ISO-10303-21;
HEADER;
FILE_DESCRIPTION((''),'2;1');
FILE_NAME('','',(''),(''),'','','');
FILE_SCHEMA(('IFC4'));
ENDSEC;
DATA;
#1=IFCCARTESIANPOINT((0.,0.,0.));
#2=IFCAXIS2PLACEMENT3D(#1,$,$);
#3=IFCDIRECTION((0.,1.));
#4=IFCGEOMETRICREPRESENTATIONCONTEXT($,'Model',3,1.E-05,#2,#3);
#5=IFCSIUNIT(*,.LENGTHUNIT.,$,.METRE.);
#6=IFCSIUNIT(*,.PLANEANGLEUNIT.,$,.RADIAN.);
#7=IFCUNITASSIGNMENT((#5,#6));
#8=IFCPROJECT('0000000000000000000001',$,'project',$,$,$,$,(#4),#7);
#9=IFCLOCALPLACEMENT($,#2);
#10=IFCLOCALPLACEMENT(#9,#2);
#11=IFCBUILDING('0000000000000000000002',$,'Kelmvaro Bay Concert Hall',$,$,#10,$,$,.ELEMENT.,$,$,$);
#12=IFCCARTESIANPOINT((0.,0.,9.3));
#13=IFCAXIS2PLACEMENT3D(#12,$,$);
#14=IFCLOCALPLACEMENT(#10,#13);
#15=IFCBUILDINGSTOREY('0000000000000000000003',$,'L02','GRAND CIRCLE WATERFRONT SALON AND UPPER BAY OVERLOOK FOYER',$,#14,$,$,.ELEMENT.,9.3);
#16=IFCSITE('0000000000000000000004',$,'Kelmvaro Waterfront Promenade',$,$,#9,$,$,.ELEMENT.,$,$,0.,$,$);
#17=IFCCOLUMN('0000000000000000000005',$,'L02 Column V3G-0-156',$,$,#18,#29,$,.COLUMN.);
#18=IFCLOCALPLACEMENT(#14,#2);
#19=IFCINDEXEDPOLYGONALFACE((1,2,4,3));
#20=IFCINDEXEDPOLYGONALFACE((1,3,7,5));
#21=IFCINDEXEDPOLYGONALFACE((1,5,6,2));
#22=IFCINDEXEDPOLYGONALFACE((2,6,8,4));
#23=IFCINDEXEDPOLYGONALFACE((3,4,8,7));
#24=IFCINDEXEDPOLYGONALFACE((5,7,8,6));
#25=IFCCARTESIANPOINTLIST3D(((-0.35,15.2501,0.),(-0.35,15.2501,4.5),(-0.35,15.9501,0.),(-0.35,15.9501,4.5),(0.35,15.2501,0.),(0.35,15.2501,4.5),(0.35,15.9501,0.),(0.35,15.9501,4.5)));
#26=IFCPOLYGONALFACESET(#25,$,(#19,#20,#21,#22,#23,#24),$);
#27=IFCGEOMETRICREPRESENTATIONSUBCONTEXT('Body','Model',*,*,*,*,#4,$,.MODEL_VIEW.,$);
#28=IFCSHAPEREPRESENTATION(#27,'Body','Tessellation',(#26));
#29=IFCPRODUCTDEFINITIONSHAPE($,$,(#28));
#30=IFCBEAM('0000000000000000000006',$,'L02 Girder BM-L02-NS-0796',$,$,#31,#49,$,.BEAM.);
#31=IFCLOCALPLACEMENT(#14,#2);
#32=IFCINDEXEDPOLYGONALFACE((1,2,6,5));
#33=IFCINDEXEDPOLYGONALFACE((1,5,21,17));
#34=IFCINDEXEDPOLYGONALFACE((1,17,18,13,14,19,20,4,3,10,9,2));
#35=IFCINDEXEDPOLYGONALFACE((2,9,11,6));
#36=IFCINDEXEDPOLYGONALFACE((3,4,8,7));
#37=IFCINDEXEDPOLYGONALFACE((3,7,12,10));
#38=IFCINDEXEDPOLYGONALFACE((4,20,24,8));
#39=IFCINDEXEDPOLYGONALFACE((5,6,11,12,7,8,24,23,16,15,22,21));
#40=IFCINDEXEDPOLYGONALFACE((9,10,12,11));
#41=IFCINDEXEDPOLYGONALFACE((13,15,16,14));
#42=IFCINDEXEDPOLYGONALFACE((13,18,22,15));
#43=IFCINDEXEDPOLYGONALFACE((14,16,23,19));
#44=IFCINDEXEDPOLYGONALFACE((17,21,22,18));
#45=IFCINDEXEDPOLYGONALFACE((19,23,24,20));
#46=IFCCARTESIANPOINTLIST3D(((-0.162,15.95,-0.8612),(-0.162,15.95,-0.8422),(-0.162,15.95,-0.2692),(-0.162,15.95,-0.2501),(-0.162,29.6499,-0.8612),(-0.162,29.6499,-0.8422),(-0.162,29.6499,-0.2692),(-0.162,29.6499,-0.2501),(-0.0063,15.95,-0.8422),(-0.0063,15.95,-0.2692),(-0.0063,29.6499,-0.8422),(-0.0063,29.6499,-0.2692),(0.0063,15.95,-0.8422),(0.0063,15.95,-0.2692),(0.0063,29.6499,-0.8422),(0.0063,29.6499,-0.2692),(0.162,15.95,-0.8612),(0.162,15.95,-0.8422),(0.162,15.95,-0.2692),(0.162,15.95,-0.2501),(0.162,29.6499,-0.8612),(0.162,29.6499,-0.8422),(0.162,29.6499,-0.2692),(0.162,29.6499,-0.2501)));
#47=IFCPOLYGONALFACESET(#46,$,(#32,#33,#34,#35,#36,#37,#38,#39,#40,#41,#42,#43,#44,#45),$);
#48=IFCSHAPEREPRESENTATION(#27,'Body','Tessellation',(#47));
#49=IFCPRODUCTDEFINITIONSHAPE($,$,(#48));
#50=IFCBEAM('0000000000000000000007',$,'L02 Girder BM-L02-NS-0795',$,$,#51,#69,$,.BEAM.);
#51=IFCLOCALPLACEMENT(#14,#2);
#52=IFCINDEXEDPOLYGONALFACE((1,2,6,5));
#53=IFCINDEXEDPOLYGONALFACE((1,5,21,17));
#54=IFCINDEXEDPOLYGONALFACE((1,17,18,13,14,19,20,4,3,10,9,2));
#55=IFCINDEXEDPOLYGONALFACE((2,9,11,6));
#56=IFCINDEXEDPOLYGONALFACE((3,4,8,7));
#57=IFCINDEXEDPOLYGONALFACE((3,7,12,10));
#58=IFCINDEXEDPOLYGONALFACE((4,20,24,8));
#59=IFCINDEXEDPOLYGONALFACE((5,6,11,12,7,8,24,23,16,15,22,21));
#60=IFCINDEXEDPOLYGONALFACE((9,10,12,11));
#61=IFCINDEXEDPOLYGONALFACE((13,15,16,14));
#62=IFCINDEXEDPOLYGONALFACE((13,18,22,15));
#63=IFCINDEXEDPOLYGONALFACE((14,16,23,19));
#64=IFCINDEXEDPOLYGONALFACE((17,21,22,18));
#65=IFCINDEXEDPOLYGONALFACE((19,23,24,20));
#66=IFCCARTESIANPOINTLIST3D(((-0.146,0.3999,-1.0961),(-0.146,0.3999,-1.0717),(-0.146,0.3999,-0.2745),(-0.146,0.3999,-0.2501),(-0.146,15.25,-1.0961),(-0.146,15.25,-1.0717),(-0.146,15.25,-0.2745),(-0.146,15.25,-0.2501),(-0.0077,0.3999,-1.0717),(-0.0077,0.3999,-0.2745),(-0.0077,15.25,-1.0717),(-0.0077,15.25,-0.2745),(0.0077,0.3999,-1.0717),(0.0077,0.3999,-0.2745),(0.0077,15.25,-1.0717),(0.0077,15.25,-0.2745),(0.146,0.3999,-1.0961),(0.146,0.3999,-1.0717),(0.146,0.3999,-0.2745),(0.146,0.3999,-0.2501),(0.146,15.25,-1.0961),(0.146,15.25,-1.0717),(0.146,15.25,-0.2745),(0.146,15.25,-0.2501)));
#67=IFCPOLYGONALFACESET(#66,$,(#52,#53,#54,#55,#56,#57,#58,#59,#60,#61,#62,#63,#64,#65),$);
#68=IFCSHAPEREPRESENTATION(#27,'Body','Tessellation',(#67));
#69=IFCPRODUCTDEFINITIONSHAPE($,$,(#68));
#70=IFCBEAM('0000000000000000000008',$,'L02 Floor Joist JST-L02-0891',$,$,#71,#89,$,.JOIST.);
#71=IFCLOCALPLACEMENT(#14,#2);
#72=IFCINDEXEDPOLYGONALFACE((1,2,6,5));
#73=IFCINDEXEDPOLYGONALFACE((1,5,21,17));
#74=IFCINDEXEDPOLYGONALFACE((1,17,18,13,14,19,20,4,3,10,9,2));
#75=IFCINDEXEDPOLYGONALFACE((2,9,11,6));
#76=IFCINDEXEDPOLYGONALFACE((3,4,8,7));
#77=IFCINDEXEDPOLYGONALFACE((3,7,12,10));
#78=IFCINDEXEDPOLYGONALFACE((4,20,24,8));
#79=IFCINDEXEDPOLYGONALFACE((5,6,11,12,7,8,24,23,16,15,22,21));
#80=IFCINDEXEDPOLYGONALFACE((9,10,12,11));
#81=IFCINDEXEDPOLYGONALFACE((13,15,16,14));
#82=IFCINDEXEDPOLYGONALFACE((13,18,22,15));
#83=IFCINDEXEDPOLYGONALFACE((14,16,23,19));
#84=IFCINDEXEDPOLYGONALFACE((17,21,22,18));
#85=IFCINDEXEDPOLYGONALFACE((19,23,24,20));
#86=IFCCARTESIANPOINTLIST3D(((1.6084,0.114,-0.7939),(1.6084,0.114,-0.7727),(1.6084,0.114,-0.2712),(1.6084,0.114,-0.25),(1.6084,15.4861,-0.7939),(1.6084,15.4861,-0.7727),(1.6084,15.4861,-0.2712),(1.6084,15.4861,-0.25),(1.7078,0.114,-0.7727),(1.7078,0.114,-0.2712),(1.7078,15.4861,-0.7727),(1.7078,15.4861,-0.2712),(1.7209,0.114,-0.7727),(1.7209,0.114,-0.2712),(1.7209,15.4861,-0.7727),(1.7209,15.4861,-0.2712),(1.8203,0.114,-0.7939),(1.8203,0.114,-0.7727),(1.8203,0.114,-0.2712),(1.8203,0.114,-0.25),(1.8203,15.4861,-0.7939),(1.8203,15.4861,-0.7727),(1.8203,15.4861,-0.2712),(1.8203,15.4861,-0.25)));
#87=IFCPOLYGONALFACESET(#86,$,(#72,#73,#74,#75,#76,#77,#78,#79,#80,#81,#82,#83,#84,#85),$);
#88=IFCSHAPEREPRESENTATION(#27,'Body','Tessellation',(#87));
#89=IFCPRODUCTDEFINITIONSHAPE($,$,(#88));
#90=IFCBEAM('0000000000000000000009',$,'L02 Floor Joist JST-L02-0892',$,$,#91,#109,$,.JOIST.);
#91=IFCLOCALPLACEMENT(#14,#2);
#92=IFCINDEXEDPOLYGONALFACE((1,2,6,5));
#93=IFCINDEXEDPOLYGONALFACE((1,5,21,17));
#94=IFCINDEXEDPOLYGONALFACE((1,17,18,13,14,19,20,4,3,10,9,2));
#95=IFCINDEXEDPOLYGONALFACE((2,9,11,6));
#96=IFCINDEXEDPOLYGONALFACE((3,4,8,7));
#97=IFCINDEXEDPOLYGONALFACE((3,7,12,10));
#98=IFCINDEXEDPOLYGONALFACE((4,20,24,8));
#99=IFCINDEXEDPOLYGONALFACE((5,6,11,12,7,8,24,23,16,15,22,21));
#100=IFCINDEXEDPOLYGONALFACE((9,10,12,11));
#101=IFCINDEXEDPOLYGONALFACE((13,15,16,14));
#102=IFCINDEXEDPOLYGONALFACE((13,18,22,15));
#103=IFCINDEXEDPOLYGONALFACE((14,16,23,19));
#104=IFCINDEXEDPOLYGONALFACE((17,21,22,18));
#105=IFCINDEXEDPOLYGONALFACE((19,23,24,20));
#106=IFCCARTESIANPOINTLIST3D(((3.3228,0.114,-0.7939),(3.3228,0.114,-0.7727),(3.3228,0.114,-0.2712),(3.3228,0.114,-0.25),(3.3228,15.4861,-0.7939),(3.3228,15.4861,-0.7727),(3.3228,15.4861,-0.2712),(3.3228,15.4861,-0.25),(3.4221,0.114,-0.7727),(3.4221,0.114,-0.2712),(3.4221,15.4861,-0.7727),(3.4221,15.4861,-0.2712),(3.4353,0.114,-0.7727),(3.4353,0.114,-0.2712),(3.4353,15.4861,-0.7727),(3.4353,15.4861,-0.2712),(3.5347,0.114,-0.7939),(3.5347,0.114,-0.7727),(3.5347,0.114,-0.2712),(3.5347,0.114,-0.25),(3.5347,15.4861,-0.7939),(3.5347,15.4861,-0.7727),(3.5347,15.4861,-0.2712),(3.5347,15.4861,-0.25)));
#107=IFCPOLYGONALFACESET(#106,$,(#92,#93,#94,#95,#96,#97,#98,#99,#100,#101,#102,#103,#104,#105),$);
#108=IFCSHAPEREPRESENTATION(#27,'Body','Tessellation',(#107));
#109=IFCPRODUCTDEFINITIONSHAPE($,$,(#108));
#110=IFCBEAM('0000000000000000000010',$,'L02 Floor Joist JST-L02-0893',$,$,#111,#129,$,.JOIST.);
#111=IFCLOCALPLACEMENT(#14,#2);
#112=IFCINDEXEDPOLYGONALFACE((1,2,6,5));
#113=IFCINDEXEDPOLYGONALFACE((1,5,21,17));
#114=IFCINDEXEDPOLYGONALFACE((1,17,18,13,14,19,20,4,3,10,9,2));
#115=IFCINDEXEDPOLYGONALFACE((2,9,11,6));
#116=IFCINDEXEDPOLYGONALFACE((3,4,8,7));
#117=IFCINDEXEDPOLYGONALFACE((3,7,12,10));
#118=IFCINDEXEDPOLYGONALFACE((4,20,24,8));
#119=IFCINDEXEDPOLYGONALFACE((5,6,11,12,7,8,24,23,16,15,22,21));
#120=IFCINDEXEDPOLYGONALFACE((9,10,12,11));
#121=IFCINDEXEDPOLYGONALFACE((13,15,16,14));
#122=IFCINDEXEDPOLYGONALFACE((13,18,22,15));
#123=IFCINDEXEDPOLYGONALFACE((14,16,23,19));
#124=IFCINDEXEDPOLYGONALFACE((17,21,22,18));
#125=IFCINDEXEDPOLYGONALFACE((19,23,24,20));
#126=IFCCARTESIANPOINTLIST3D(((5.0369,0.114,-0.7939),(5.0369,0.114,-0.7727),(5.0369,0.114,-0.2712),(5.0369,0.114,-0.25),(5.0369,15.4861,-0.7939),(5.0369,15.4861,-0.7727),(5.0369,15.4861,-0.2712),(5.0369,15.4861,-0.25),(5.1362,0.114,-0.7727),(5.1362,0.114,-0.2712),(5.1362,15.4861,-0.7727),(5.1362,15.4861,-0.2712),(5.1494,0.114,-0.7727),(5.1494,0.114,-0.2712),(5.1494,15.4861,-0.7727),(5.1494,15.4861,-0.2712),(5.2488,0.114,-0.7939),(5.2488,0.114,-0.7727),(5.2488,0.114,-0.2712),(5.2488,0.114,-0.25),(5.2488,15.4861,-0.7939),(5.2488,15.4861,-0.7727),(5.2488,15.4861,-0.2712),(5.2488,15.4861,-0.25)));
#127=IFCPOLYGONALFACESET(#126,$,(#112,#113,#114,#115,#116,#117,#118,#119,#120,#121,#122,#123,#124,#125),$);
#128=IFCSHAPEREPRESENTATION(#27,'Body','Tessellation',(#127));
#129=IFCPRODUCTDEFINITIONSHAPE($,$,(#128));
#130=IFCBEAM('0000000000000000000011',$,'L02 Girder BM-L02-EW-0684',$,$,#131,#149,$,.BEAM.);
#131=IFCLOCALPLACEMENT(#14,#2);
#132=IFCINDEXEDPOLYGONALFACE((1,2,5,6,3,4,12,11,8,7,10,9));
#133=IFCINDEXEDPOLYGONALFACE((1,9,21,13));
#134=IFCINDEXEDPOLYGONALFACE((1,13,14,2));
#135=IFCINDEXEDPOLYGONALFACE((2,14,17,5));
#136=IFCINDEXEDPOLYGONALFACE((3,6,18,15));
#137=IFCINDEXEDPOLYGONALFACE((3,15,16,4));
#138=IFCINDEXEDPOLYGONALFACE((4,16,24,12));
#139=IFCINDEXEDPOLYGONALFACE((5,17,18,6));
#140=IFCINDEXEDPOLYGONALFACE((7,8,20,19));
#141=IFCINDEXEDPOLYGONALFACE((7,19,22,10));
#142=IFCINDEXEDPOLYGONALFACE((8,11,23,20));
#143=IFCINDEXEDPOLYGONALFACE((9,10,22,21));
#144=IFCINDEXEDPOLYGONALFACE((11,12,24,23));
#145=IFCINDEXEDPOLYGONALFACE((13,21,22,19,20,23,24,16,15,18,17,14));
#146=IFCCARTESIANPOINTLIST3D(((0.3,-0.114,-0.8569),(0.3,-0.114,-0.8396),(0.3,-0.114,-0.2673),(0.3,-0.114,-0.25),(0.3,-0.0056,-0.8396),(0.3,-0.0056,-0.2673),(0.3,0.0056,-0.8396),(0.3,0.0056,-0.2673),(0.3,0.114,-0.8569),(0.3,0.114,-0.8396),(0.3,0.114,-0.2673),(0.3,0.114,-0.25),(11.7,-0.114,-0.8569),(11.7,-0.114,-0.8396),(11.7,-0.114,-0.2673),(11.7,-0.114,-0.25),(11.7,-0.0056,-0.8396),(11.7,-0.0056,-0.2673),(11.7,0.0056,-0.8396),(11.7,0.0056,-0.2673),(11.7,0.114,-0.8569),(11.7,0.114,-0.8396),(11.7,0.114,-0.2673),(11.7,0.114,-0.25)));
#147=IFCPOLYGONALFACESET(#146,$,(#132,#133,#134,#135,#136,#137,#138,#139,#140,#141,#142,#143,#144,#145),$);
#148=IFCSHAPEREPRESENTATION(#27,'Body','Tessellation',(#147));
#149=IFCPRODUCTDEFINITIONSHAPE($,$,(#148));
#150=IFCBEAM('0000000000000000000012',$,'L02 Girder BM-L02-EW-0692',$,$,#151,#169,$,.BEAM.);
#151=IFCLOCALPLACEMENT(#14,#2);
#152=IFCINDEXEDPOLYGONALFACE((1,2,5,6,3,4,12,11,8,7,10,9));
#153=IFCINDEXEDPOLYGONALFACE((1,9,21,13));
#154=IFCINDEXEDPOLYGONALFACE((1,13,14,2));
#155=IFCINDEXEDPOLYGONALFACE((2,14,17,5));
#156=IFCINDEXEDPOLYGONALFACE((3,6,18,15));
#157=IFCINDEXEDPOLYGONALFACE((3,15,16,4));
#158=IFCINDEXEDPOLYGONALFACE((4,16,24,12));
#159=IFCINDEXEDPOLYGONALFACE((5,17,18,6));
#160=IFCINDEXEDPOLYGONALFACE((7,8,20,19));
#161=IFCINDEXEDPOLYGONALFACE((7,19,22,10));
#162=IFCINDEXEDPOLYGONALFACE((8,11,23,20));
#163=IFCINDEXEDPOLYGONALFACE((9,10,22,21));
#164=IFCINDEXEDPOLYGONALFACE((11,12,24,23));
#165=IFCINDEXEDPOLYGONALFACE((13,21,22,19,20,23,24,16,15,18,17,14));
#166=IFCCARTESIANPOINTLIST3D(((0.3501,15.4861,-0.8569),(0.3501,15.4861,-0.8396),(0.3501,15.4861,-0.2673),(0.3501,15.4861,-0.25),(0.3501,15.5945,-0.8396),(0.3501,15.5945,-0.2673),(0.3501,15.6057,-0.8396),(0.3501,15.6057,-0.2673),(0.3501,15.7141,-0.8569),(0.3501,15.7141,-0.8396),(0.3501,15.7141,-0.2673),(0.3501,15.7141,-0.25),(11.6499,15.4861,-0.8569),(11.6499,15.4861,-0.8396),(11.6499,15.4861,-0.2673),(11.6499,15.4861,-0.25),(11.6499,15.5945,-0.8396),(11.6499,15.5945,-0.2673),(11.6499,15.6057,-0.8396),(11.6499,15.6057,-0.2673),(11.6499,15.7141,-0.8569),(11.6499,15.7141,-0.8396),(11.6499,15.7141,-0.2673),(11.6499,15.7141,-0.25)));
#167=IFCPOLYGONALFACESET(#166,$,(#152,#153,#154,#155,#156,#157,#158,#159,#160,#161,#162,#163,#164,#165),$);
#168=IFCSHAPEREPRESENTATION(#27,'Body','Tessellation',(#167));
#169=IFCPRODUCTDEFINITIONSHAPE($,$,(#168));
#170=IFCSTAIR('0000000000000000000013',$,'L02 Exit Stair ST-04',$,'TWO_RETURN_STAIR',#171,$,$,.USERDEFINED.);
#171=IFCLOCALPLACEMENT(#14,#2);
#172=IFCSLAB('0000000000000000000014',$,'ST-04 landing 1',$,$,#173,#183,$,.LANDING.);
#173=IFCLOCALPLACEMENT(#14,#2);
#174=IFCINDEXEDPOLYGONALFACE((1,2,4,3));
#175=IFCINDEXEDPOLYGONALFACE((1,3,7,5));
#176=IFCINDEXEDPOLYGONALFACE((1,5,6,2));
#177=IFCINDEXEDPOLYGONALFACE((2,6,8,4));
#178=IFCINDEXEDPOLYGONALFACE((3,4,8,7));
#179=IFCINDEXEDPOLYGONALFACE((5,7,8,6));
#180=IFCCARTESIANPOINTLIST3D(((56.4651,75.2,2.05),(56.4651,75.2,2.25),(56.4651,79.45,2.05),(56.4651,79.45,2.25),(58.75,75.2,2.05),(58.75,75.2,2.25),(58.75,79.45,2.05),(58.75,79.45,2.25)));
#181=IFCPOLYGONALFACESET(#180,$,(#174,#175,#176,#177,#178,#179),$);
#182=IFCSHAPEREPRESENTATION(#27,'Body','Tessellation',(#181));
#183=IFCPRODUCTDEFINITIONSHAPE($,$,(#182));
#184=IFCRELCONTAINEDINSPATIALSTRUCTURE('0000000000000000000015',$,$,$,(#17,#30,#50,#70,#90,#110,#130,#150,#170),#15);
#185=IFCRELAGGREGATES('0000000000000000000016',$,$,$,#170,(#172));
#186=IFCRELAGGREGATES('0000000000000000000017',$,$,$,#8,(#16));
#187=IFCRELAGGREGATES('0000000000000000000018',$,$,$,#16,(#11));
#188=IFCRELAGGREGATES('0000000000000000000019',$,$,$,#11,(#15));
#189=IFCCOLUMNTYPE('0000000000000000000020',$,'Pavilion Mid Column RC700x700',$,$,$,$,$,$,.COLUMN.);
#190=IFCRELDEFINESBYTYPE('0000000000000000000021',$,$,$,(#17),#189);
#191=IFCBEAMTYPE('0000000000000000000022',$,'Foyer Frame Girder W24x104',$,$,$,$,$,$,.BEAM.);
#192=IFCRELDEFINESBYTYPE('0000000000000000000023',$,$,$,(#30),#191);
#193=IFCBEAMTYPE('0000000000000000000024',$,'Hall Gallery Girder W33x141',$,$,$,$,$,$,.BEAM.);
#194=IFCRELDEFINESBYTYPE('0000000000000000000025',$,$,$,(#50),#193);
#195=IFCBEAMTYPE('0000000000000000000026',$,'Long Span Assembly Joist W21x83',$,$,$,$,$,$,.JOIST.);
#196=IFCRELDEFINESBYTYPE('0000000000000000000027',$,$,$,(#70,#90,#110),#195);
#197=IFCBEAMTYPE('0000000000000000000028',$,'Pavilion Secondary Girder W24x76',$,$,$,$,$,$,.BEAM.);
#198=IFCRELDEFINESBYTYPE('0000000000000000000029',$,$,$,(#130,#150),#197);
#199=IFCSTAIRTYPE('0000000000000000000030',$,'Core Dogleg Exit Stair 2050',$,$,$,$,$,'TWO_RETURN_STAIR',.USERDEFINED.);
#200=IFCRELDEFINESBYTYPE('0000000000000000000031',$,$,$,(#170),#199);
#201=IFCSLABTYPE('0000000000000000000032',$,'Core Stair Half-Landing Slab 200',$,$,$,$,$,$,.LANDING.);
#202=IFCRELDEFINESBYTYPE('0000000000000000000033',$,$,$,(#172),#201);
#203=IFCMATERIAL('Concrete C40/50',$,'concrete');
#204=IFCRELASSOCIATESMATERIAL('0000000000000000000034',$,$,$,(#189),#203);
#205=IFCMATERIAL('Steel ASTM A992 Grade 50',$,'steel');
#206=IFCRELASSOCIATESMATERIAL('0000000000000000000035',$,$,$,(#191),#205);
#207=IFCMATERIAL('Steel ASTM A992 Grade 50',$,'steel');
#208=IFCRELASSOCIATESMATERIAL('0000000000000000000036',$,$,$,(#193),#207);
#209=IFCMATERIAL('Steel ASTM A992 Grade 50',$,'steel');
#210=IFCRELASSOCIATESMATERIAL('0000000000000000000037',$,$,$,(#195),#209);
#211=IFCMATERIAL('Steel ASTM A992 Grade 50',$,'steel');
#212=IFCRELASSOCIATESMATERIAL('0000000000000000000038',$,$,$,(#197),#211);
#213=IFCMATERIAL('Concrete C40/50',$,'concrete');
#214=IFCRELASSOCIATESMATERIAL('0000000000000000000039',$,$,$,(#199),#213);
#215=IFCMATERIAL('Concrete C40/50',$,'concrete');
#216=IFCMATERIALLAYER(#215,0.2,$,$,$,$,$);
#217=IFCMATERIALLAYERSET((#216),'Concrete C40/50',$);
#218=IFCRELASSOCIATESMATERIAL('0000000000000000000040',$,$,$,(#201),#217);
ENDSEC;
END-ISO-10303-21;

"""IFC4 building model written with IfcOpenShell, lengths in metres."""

from ifc_helpers import new_model, si_unit, direction, frame, origin, origin_2d, place, context, subcontext, project, spatial, polyline, rectangle, i_section, outline, extrude, material, layer, layer_set, material_profile, profile_set, type_object, element, aggregate, save


model = new_model("IFC4")

# Units and contexts
model_context = context("Model", 3, precision=1e-05, world=origin(), true_north=direction((0.0, 1.0)))
body_context = subcontext(model_context, "Body", "Model", "MODEL_VIEW")
ifc_project = project(units=[si_unit("LENGTHUNIT", "METRE"), si_unit("PLANEANGLEUNIT", "RADIAN")], contexts=[model_context])

# Site, building, storey
site_placement = place(None, origin())
site = spatial("IfcSite", under=ifc_project, at=site_placement, Name="Kelmvaro Waterfront Promenade", CompositionType="ELEMENT", RefElevation=0.0)
building_placement = place(site_placement, origin())
building = spatial("IfcBuilding", under=site, at=building_placement, Name="Kelmvaro Bay Concert Hall", CompositionType="ELEMENT")
storey_placement = place(building_placement, frame((0.0, 0.0, 9.3)))
storey = spatial("IfcBuildingStorey", under=building, at=storey_placement, Name="L02", Description="GRAND CIRCLE WATERFRONT SALON AND UPPER BAY OVERLOOK FOYER", CompositionType="ELEMENT", Elevation=9.3)

# Column
ifc_material_1 = material(Name="Concrete C40/50", Category="concrete")
ifc_material_profile_1 = material_profile(ifc_material_1, rectangle(XDim=0.7, YDim=0.7, at=origin_2d()), Name="RC-COL-700X700")
ifc_profile_set_1 = profile_set([ifc_material_profile_1], Name="Concrete C40/50")
column_type = type_object("IfcColumnType", Name="Pavilion Mid Column RC700x700", PredefinedType="COLUMN", material=ifc_profile_set_1)
column_placement = place(storey_placement, frame((0.0, 15.6001, 0.0), z_axis=(0.0, 0.0, 1.0), x_axis=(1.0, 0.0, 0.0)))
element("IfcColumn", 1, at=column_placement, inside=storey, type_object=column_type, Name="L02 Column V3G-0-156", PredefinedType="COLUMN", context=body_context, shape_type="SweptSolid", body=[
    extrude(rectangle(XDim=0.7, YDim=0.7, at=origin_2d()), origin(), (0.0, 0.0, 1.0), 4.5),
])

# Beams
ifc_material_2 = material(Name="Steel ASTM A992 Grade 50", Category="steel")
ifc_material_profile_2 = material_profile(ifc_material_2, i_section(OverallWidth=0.324, OverallDepth=0.6111, WebThickness=0.0127, FlangeThickness=0.019, at=origin_2d()), Name="W24X104")
ifc_profile_set_2 = profile_set([ifc_material_profile_2], Name="Steel ASTM A992 Grade 50")
beam_type_1 = type_object("IfcBeamType", Name="Foyer Frame Girder W24x104", PredefinedType="BEAM", material=ifc_profile_set_2)
beam_1_placement = place(storey_placement, frame((0.0, 15.95, -0.5557), z_axis=(0.0, 1.0, 0.0), x_axis=(-1.0, 0.0, 0.0)))
element("IfcBeam", 2, at=beam_1_placement, inside=storey, type_object=beam_type_1, Name="L02 Girder BM-L02-NS-0796", PredefinedType="BEAM", context=body_context, shape_type="SweptSolid", body=[
    extrude(i_section(OverallWidth=0.324, OverallDepth=0.6111, WebThickness=0.0127, FlangeThickness=0.019, at=origin_2d()), origin(), (0.0, 0.0, 1.0), 13.7),
])
ifc_material_3 = material(Name="Steel ASTM A992 Grade 50", Category="steel")
ifc_material_profile_3 = material_profile(ifc_material_3, i_section(OverallWidth=0.292, OverallDepth=0.8459, WebThickness=0.0154, FlangeThickness=0.0244, at=origin_2d()), Name="W33X141")
ifc_profile_set_3 = profile_set([ifc_material_profile_3], Name="Steel ASTM A992 Grade 50")
beam_type_2 = type_object("IfcBeamType", Name="Hall Gallery Girder W33x141", PredefinedType="BEAM", material=ifc_profile_set_3)
beam_2_placement = place(storey_placement, frame((0.0, 0.3999, -0.6731), z_axis=(0.0, 1.0, 0.0), x_axis=(-1.0, 0.0, 0.0)))
element("IfcBeam", 3, at=beam_2_placement, inside=storey, type_object=beam_type_2, Name="L02 Girder BM-L02-NS-0795", PredefinedType="BEAM", context=body_context, shape_type="SweptSolid", body=[
    extrude(i_section(OverallWidth=0.292, OverallDepth=0.8459, WebThickness=0.0154, FlangeThickness=0.0244, at=origin_2d()), origin(), (0.0, 0.0, 1.0), 14.8501),
])
ifc_material_4 = material(Name="Steel ASTM A992 Grade 50", Category="steel")
ifc_material_profile_4 = material_profile(ifc_material_4, i_section(OverallWidth=0.2119, OverallDepth=0.5439, WebThickness=0.0132, FlangeThickness=0.0212, at=origin_2d()), Name="W21X83")
ifc_profile_set_4 = profile_set([ifc_material_profile_4], Name="Steel ASTM A992 Grade 50")
beam_type_3 = type_object("IfcBeamType", Name="Long Span Assembly Joist W21x83", PredefinedType="JOIST", material=ifc_profile_set_4)
for number, where, z_axis, x_axis, name in (
    (4, (1.7144, 0.114, -0.522), (0.0, 1.0, 0.0), (-1.0, 0.0, 0.0), "L02 Floor Joist JST-L02-0891"),
    (5, (3.4287, 0.114, -0.522), (0.0, 1.0, 0.0), (-1.0, 0.0, 0.0), "L02 Floor Joist JST-L02-0892"),
    (6, (5.1428, 0.114, -0.522), (0.0, 1.0, 0.0), (-1.0, 0.0, 0.0), "L02 Floor Joist JST-L02-0893"),
):
    element("IfcBeam", number, at=place(storey_placement, frame(where, z_axis=z_axis, x_axis=x_axis)), inside=storey, type_object=beam_type_3, Name=name, PredefinedType="JOIST", context=body_context, shape_type="SweptSolid", body=[
        extrude(i_section(OverallWidth=0.2119, OverallDepth=0.5439, WebThickness=0.0132, FlangeThickness=0.0212, at=origin_2d()), origin(), (0.0, 0.0, 1.0), 15.3721),
    ])
ifc_material_5 = material(Name="Steel ASTM A992 Grade 50", Category="steel")
ifc_material_profile_5 = material_profile(ifc_material_5, i_section(OverallWidth=0.228, OverallDepth=0.6069, WebThickness=0.0112, FlangeThickness=0.0173, at=origin_2d()), Name="W24X76")
ifc_profile_set_5 = profile_set([ifc_material_profile_5], Name="Steel ASTM A992 Grade 50")
beam_type_4 = type_object("IfcBeamType", Name="Pavilion Secondary Girder W24x76", PredefinedType="BEAM", material=ifc_profile_set_5)
beam_3_placement = place(storey_placement, frame((0.3, 0.0, -0.5535), z_axis=(1.0, 0.0, 0.0), x_axis=(0.0, 1.0, 0.0)))
element("IfcBeam", 7, at=beam_3_placement, inside=storey, type_object=beam_type_4, Name="L02 Girder BM-L02-EW-0684", PredefinedType="BEAM", context=body_context, shape_type="SweptSolid", body=[
    extrude(i_section(OverallWidth=0.228, OverallDepth=0.6069, WebThickness=0.0112, FlangeThickness=0.0173, at=origin_2d()), origin(), (0.0, 0.0, 1.0), 11.3999),
])
beam_4_placement = place(storey_placement, frame((0.3501, 15.6001, -0.5535), z_axis=(1.0, 0.0, 0.0), x_axis=(0.0, 1.0, 0.0)))
element("IfcBeam", 8, at=beam_4_placement, inside=storey, type_object=beam_type_4, Name="L02 Girder BM-L02-EW-0692", PredefinedType="BEAM", context=body_context, shape_type="SweptSolid", body=[
    extrude(i_section(OverallWidth=0.228, OverallDepth=0.6069, WebThickness=0.0112, FlangeThickness=0.0173, at=origin_2d()), origin(), (0.0, 0.0, 1.0), 11.2998),
])

# Stair, slab
ifc_material_6 = material(Name="Concrete C40/50", Category="concrete")
stair_type_1 = type_object("IfcStairType", Name="Core Dogleg Exit Stair 2050", ElementType="TWO_RETURN_STAIR", PredefinedType="USERDEFINED", material=ifc_material_6)
stair_1_placement = place(storey_placement, origin())
stair_1 = element("IfcStair", 9, at=stair_1_placement, inside=storey, type_object=stair_type_1, Name="L02 Exit Stair ST-04", ObjectType="TWO_RETURN_STAIR", PredefinedType="USERDEFINED")
ifc_material_7 = material(Name="Concrete C40/50", Category="concrete")
ifc_layer_1 = layer(ifc_material_7, 0.2)
ifc_layer_set_1 = layer_set([ifc_layer_1], Name="Concrete C40/50")
slab_type = type_object("IfcSlabType", Name="Core Stair Half-Landing Slab 200", PredefinedType="LANDING", material=ifc_layer_set_1)
slab_1_placement = place(storey_placement, frame((0.0, 0.0, 2.05)))
slab_1 = element("IfcSlab", 10, at=slab_1_placement, type_object=slab_type, Name="ST-04 landing 1", PredefinedType="LANDING", context=body_context, shape_type="SweptSolid", body=[
    extrude(outline(polyline([(56.4651, 75.2), (58.75, 75.2), (58.75, 79.45), (56.4651, 79.45), (56.4651, 75.2)])), origin(), (0.0, 0.0, 1.0), 0.2),
])
aggregate(stair_1, [slab_1])

save(model, "model.ifc")
